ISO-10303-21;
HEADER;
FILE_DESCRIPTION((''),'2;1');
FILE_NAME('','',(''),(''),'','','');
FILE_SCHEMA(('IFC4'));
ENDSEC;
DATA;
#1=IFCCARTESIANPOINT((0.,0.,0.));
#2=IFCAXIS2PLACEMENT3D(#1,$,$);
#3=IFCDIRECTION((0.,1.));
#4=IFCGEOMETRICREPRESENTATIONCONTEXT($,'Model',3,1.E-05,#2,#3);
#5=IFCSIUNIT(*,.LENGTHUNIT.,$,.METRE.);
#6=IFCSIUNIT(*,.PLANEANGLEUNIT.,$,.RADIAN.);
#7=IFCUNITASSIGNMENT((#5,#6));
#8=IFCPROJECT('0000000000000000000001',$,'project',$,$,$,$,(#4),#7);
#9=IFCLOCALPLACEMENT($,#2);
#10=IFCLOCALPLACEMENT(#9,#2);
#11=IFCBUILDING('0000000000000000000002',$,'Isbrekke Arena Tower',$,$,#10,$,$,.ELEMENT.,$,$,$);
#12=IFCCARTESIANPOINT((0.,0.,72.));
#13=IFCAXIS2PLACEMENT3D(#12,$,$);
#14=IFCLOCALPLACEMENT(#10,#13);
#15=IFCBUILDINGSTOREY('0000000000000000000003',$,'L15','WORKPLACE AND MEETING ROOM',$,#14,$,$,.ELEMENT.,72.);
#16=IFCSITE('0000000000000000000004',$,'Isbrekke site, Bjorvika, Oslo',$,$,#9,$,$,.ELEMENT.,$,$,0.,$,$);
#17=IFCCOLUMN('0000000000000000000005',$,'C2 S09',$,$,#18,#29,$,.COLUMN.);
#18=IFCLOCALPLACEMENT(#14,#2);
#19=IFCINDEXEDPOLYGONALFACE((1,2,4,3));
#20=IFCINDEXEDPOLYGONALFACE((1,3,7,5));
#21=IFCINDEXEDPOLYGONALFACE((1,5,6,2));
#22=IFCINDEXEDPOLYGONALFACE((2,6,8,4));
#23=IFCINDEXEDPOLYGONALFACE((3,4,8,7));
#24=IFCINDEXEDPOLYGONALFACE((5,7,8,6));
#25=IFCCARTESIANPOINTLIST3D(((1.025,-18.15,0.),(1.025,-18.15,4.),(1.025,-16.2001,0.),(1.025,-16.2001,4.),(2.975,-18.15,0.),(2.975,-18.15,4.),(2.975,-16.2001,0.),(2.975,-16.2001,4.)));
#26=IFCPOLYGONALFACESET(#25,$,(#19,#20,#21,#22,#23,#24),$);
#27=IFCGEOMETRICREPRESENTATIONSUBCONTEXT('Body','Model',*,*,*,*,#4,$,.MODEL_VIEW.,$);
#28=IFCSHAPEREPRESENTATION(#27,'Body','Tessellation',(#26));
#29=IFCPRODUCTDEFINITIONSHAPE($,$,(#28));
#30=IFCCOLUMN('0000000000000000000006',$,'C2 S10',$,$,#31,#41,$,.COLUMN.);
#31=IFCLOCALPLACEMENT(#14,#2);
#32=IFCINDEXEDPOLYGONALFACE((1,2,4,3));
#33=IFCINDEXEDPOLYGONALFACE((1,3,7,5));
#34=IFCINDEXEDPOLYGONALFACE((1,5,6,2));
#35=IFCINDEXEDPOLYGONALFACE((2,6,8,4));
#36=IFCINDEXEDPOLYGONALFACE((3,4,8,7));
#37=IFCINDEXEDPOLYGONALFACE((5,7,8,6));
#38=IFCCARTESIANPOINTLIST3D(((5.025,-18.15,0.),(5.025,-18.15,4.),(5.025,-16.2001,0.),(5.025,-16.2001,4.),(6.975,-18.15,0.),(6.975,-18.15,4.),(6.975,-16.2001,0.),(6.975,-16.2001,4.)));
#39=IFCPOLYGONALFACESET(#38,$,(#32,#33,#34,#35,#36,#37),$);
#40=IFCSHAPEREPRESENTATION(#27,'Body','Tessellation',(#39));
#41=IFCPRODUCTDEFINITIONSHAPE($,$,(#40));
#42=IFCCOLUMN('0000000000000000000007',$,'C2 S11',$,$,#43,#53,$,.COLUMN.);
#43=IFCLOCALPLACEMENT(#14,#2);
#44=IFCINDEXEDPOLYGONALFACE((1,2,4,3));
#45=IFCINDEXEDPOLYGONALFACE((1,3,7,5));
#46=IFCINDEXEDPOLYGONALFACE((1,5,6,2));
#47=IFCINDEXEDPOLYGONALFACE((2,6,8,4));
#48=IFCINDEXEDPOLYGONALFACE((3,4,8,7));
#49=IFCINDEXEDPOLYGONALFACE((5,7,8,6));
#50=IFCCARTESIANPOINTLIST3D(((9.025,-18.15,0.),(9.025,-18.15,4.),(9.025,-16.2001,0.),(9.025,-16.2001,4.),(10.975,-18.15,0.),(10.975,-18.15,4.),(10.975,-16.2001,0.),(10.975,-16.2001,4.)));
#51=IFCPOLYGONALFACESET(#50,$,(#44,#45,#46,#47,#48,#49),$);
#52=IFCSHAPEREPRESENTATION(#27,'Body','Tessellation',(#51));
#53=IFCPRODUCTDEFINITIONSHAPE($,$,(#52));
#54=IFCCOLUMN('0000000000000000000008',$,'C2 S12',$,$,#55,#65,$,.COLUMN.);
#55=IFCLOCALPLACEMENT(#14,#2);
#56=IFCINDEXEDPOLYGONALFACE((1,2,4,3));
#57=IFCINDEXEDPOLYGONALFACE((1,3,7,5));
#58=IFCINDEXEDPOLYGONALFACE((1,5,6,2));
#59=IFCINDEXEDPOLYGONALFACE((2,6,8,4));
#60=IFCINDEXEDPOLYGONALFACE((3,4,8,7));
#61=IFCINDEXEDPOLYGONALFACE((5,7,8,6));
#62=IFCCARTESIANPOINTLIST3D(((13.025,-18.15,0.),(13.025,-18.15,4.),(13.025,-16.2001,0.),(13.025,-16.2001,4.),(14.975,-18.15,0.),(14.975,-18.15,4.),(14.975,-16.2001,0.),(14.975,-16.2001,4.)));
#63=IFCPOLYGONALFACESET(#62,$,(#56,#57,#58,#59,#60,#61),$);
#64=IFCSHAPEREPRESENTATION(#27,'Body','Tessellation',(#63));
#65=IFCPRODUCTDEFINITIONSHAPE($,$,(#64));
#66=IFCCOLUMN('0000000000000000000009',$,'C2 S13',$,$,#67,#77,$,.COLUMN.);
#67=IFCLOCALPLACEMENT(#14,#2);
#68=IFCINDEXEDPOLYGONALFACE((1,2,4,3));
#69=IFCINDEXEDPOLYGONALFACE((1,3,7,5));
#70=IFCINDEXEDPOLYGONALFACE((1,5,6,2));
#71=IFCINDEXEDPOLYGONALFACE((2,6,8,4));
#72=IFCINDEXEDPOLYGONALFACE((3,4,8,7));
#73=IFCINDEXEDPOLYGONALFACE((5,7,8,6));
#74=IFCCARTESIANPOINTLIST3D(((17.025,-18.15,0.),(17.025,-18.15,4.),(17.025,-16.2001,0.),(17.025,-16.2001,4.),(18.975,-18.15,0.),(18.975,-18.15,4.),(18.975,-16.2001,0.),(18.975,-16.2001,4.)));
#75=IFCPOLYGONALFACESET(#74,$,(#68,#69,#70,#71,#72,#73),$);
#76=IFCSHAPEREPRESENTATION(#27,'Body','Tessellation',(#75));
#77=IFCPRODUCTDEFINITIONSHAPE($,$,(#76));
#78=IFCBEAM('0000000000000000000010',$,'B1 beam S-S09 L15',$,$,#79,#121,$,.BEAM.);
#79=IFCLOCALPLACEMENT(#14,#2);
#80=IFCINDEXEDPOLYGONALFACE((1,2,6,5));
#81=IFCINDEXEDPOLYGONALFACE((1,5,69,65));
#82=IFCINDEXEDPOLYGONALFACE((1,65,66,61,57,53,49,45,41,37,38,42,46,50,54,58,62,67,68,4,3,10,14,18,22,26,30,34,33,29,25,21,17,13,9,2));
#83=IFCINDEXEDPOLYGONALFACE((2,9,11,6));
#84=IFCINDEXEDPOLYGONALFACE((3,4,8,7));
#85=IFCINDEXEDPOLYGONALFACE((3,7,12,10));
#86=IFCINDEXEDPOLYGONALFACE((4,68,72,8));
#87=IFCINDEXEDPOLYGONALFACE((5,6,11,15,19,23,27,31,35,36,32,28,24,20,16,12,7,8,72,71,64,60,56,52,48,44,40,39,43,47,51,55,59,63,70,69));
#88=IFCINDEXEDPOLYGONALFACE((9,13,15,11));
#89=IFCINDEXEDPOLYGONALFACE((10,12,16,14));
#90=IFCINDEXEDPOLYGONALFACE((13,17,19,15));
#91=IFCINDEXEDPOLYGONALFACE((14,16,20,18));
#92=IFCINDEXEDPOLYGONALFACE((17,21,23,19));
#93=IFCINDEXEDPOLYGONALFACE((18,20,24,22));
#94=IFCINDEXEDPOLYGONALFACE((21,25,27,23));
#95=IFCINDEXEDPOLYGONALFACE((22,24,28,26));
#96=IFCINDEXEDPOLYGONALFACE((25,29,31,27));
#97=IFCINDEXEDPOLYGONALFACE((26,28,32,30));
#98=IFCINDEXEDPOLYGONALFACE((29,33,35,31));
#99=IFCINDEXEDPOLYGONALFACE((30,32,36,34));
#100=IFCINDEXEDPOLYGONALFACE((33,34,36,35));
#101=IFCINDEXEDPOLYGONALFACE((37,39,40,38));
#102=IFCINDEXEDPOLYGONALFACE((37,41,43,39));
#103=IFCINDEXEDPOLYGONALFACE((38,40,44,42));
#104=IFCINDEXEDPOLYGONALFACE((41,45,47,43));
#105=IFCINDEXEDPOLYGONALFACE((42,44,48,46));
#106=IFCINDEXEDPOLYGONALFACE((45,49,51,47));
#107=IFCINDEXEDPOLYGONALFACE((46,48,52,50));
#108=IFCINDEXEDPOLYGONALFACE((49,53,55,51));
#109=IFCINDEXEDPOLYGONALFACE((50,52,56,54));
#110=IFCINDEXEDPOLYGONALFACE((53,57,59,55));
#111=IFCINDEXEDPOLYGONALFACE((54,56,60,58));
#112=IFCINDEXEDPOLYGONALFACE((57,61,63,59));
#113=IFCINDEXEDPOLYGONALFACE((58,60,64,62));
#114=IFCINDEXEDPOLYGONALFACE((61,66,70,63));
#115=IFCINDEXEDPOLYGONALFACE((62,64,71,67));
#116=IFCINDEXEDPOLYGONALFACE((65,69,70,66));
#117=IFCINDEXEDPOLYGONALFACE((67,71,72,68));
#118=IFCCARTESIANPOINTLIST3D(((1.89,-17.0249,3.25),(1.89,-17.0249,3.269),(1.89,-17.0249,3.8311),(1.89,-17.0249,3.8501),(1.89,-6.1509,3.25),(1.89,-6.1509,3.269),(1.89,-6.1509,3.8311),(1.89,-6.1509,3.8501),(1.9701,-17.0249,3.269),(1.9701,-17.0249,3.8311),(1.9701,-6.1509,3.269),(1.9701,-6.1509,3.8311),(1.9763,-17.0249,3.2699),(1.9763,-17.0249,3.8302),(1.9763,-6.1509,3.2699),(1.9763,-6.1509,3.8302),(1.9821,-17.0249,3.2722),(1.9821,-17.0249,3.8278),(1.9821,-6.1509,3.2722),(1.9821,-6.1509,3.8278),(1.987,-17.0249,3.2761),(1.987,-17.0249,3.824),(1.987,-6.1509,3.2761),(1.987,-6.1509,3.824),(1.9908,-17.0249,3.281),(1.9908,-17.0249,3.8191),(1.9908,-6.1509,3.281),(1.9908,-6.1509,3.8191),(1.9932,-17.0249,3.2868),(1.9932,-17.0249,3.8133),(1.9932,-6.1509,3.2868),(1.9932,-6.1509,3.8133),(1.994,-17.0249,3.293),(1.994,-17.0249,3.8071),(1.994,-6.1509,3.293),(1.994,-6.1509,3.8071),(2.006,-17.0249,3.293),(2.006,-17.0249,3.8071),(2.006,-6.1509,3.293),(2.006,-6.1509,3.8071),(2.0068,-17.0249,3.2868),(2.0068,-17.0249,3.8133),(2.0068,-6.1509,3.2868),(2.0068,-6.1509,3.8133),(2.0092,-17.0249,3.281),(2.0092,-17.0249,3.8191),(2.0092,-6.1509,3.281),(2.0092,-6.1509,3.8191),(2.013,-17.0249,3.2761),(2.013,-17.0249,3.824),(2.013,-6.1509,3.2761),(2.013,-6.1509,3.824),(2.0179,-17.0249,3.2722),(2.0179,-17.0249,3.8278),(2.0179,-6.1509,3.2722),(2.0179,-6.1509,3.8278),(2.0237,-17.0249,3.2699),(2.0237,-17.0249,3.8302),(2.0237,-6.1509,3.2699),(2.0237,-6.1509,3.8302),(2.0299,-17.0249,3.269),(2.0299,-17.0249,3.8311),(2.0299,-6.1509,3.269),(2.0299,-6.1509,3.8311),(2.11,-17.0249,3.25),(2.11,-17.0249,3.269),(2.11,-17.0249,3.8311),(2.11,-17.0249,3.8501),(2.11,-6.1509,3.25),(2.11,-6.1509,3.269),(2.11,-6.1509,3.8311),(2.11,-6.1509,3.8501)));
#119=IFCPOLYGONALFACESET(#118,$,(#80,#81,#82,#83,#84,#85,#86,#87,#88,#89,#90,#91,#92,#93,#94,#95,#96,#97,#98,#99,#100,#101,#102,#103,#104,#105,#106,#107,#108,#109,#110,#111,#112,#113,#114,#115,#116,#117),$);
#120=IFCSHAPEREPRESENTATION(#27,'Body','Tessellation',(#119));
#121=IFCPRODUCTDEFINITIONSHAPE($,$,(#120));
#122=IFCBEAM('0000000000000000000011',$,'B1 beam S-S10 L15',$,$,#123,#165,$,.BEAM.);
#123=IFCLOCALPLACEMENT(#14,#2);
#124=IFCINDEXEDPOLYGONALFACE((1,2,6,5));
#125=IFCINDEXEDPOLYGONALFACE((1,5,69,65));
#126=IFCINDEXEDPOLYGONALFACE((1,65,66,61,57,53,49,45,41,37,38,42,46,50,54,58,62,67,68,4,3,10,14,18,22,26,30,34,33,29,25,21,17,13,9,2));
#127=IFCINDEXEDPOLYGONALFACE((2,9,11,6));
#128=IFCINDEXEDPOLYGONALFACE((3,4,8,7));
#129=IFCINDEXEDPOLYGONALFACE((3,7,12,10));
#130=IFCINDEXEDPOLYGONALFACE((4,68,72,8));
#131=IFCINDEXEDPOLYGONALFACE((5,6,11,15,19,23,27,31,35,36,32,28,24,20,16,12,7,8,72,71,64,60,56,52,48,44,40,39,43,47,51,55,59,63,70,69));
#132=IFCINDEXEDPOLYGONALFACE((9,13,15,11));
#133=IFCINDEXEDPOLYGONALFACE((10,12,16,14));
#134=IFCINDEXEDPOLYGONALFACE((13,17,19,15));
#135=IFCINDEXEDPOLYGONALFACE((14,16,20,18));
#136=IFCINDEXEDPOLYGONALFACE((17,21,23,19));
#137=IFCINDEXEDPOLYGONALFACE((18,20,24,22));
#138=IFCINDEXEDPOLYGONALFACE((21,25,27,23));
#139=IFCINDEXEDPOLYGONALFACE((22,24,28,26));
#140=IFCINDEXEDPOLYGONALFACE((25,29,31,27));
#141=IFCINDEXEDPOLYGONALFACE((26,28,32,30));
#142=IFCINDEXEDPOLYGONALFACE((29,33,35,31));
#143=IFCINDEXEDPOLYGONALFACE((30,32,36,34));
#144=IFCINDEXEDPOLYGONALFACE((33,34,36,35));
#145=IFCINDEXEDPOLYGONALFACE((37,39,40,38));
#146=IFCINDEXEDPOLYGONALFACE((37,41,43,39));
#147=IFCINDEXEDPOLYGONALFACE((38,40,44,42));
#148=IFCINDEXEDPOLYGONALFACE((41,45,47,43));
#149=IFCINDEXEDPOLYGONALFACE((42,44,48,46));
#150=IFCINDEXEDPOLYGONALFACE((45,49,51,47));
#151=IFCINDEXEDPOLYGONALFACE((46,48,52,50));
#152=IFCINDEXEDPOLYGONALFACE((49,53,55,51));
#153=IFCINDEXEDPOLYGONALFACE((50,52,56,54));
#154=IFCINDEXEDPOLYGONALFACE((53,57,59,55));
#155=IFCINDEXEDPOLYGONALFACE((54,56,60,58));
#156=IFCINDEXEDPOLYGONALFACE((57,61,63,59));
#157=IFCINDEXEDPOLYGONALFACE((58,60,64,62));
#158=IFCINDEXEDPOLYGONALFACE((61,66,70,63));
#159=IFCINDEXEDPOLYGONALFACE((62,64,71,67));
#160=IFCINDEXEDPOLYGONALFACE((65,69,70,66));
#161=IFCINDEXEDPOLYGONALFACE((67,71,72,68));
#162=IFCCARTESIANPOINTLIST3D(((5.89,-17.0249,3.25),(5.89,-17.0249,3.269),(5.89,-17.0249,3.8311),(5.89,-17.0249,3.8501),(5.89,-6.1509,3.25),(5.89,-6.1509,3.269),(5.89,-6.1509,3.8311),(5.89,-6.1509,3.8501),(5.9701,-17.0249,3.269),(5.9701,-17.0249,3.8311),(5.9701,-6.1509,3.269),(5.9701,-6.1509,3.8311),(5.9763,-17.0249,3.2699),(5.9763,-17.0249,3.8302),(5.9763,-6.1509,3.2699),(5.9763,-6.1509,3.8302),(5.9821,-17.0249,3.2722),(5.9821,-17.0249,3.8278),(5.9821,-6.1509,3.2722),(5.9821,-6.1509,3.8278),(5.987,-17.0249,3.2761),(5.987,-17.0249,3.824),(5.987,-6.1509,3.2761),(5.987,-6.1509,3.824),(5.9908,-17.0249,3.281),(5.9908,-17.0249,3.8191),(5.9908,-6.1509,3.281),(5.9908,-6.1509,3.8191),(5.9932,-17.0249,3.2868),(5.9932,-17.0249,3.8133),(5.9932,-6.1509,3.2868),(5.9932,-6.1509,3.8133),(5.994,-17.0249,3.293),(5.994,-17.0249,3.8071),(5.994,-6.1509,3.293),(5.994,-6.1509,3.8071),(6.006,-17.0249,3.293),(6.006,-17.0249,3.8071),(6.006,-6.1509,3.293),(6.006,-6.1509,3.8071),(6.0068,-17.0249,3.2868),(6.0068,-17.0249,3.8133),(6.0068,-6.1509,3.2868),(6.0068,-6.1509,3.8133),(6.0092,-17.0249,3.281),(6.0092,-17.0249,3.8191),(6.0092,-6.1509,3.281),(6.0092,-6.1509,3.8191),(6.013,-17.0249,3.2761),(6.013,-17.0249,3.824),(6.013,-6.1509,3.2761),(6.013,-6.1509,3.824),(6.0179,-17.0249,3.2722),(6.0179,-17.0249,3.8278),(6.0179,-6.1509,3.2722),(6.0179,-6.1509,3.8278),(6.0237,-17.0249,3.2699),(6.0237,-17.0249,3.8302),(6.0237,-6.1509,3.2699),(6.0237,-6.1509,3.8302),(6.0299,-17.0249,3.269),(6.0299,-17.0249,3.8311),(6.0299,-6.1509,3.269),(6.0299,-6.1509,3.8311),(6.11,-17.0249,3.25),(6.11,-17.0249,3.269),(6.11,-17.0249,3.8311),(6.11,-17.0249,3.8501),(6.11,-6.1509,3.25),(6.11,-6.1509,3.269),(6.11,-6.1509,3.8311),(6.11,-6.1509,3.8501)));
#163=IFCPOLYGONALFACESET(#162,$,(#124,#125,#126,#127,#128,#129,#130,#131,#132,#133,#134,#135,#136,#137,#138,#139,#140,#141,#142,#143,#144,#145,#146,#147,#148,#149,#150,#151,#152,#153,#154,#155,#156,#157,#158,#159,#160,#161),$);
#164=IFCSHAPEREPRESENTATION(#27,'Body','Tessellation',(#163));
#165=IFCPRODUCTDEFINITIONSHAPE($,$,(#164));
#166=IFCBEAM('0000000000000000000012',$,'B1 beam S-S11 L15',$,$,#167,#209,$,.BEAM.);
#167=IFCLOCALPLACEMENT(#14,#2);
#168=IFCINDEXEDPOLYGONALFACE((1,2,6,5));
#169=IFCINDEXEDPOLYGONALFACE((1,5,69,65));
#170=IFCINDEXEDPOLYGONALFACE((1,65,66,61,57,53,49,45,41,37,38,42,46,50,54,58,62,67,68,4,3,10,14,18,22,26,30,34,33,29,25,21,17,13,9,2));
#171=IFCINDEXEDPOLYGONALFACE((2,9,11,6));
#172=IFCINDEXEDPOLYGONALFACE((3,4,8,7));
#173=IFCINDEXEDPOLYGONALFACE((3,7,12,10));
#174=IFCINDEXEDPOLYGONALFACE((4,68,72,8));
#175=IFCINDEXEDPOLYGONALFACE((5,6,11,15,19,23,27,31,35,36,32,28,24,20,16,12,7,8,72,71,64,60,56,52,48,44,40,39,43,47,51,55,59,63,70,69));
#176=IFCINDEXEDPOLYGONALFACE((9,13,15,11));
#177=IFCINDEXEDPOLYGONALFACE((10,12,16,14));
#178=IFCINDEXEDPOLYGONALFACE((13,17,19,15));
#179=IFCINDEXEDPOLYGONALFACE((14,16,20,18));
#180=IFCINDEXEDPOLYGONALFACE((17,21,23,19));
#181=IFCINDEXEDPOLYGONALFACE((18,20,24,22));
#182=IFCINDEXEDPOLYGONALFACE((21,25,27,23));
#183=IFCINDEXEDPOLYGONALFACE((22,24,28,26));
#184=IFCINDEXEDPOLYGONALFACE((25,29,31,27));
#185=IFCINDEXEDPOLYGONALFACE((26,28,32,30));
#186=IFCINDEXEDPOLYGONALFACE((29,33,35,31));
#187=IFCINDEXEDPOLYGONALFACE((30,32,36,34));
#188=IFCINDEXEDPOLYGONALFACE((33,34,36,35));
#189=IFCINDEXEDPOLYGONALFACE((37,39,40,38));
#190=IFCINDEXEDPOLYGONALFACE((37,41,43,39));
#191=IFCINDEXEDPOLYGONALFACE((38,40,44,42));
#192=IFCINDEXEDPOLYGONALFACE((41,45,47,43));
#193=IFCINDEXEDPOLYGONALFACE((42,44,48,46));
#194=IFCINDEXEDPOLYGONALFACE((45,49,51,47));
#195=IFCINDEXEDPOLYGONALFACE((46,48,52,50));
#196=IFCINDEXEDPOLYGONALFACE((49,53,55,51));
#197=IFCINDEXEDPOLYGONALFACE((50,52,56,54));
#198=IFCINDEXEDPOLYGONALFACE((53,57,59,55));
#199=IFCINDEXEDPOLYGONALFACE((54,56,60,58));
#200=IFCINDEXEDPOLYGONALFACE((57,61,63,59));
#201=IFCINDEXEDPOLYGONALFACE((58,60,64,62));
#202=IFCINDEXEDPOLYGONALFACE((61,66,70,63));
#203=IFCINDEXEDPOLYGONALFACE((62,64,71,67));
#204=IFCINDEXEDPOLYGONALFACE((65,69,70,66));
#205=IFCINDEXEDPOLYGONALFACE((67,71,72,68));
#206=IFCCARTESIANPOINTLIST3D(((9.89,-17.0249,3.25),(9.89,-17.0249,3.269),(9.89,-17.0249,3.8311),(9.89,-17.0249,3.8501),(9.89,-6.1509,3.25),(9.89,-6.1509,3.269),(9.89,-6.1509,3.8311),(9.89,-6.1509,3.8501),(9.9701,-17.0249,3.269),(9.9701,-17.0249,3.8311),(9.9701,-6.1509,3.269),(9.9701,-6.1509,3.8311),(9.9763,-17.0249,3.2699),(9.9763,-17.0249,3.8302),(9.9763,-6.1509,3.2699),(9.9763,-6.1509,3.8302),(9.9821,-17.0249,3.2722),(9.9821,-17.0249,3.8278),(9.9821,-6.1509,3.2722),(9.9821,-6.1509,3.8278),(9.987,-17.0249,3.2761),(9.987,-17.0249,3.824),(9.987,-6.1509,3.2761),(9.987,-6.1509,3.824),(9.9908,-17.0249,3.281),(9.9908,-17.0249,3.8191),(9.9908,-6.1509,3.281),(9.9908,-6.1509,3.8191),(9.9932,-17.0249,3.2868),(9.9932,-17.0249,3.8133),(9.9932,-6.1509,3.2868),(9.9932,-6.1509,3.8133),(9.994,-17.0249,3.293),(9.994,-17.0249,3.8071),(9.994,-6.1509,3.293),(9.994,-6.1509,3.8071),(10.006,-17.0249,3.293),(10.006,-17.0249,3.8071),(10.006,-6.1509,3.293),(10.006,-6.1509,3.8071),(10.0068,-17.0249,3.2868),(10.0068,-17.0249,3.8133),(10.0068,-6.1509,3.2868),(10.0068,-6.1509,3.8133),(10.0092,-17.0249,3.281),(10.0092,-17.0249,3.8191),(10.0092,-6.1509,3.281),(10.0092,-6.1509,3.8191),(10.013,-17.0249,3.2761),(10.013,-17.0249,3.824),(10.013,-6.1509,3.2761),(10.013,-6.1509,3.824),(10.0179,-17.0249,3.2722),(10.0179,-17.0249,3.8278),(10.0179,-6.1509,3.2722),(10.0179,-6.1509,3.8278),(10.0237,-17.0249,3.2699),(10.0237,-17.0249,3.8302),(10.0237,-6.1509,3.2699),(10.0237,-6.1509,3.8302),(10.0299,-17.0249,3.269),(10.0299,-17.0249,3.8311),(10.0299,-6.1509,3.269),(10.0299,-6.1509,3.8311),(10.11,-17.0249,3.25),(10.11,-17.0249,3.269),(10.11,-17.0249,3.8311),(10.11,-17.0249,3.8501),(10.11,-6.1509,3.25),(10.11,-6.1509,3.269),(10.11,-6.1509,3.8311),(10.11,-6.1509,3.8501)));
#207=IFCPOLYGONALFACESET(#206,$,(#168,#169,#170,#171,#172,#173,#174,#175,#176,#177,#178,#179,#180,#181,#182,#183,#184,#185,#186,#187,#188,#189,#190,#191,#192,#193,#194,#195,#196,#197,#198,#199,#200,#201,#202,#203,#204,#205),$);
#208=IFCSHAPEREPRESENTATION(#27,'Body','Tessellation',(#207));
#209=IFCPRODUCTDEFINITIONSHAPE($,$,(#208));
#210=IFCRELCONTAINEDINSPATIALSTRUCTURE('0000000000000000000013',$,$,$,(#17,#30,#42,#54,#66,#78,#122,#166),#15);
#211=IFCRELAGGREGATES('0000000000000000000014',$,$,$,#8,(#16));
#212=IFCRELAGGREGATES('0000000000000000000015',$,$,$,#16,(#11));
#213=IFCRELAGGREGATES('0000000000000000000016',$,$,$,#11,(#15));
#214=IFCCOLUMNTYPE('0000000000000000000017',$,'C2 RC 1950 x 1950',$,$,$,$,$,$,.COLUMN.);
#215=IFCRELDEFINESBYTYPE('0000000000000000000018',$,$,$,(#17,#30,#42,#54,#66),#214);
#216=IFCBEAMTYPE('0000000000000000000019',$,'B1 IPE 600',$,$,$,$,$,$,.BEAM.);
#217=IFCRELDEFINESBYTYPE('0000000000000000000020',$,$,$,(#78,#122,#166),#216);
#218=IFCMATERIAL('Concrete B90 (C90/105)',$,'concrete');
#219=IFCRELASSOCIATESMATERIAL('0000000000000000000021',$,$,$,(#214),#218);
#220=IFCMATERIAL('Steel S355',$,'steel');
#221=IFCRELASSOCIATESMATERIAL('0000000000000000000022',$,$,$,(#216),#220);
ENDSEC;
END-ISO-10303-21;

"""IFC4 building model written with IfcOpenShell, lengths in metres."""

from ifc_helpers import new_model, si_unit, direction, frame, origin, origin_2d, place, context, subcontext, project, spatial, rectangle, i_section, extrude, material, material_profile, profile_set, type_object, element, save


model = new_model("IFC4")

# Units and contexts
model_context = context("Model", 3, precision=1e-05, world=origin(), true_north=direction((0.0, 1.0)))
body_context = subcontext(model_context, "Body", "Model", "MODEL_VIEW")
ifc_project = project(units=[si_unit("LENGTHUNIT", "METRE"), si_unit("PLANEANGLEUNIT", "RADIAN")], contexts=[model_context])

# Site, building, storey
site_placement = place(None, origin())
site = spatial("IfcSite", under=ifc_project, at=site_placement, Name="Isbrekke site, Bjorvika, Oslo", CompositionType="ELEMENT", RefElevation=0.0)
building_placement = place(site_placement, origin())
building = spatial("IfcBuilding", under=site, at=building_placement, Name="Isbrekke Arena Tower", CompositionType="ELEMENT")
storey_placement = place(building_placement, frame((0.0, 0.0, 72.0)))
storey = spatial("IfcBuildingStorey", under=building, at=storey_placement, Name="L15", Description="WORKPLACE AND MEETING ROOM", CompositionType="ELEMENT", Elevation=72.0)

# Columns
ifc_material_1 = material(Name="Concrete B90 (C90/105)", Category="concrete")
ifc_material_profile_1 = material_profile(ifc_material_1, rectangle(XDim=1.95, YDim=1.95, at=origin_2d()), Name="RC 1950x1950")
ifc_profile_set_1 = profile_set([ifc_material_profile_1], Name="Concrete B90 (C90/105)")
column_type = type_object("IfcColumnType", Name="C2 RC 1950 x 1950", PredefinedType="COLUMN", material=ifc_profile_set_1)
for number, where, z_axis, x_axis, name in (
    (1, (2.0, -17.175, 0.0), (0.0, 0.0, 1.0), (1.0, 0.0, 0.0), "C2 S09"),
    (2, (6.0, -17.175, 0.0), (0.0, 0.0, 1.0), (1.0, 0.0, 0.0), "C2 S10"),
    (3, (10.0, -17.175, 0.0), (0.0, 0.0, 1.0), (1.0, 0.0, 0.0), "C2 S11"),
    (4, (14.0, -17.175, 0.0), (0.0, 0.0, 1.0), (1.0, 0.0, 0.0), "C2 S12"),
    (5, (18.0, -17.175, 0.0), (0.0, 0.0, 1.0), (1.0, 0.0, 0.0), "C2 S13"),
):
    element("IfcColumn", number, at=place(storey_placement, frame(where, z_axis=z_axis, x_axis=x_axis)), inside=storey, type_object=column_type, Name=name, PredefinedType="COLUMN", context=body_context, shape_type="SweptSolid", body=[
        extrude(rectangle(XDim=1.95, YDim=1.95, at=origin_2d()), origin(), (0.0, 0.0, 1.0), 4.0),
    ])

# Beams
ifc_material_2 = material(Name="Steel S355", Category="steel")
ifc_material_profile_2 = material_profile(ifc_material_2, i_section(OverallWidth=0.22, OverallDepth=0.6001, WebThickness=0.012, FlangeThickness=0.019, FilletRadius=0.0239, at=origin_2d()), Name="IPE 600")
ifc_profile_set_2 = profile_set([ifc_material_profile_2], Name="Steel S355")
beam_type_1 = type_object("IfcBeamType", Name="B1 IPE 600", PredefinedType="BEAM", material=ifc_profile_set_2)
for number, where, z_axis, x_axis, name in (
    (6, (2.0, -17.0249, 3.55), (0.0, 1.0, 0.0), (-1.0, 0.0, 0.0), "B1 beam S-S09 L15"),
    (7, (6.0, -17.0249, 3.55), (0.0, 1.0, 0.0), (-1.0, 0.0, 0.0), "B1 beam S-S10 L15"),
    (8, (10.0, -17.0249, 3.55), (0.0, 1.0, 0.0), (-1.0, 0.0, 0.0), "B1 beam S-S11 L15"),
):
    element("IfcBeam", number, at=place(storey_placement, frame(where, z_axis=z_axis, x_axis=x_axis)), inside=storey, type_object=beam_type_1, Name=name, PredefinedType="BEAM", context=body_context, shape_type="SweptSolid", body=[
        extrude(i_section(OverallWidth=0.22, OverallDepth=0.6001, WebThickness=0.012, FlangeThickness=0.019, FilletRadius=0.0239, at=origin_2d()), origin(), (0.0, 0.0, 1.0), 10.874),
    ])

save(model, "model.ifc")
